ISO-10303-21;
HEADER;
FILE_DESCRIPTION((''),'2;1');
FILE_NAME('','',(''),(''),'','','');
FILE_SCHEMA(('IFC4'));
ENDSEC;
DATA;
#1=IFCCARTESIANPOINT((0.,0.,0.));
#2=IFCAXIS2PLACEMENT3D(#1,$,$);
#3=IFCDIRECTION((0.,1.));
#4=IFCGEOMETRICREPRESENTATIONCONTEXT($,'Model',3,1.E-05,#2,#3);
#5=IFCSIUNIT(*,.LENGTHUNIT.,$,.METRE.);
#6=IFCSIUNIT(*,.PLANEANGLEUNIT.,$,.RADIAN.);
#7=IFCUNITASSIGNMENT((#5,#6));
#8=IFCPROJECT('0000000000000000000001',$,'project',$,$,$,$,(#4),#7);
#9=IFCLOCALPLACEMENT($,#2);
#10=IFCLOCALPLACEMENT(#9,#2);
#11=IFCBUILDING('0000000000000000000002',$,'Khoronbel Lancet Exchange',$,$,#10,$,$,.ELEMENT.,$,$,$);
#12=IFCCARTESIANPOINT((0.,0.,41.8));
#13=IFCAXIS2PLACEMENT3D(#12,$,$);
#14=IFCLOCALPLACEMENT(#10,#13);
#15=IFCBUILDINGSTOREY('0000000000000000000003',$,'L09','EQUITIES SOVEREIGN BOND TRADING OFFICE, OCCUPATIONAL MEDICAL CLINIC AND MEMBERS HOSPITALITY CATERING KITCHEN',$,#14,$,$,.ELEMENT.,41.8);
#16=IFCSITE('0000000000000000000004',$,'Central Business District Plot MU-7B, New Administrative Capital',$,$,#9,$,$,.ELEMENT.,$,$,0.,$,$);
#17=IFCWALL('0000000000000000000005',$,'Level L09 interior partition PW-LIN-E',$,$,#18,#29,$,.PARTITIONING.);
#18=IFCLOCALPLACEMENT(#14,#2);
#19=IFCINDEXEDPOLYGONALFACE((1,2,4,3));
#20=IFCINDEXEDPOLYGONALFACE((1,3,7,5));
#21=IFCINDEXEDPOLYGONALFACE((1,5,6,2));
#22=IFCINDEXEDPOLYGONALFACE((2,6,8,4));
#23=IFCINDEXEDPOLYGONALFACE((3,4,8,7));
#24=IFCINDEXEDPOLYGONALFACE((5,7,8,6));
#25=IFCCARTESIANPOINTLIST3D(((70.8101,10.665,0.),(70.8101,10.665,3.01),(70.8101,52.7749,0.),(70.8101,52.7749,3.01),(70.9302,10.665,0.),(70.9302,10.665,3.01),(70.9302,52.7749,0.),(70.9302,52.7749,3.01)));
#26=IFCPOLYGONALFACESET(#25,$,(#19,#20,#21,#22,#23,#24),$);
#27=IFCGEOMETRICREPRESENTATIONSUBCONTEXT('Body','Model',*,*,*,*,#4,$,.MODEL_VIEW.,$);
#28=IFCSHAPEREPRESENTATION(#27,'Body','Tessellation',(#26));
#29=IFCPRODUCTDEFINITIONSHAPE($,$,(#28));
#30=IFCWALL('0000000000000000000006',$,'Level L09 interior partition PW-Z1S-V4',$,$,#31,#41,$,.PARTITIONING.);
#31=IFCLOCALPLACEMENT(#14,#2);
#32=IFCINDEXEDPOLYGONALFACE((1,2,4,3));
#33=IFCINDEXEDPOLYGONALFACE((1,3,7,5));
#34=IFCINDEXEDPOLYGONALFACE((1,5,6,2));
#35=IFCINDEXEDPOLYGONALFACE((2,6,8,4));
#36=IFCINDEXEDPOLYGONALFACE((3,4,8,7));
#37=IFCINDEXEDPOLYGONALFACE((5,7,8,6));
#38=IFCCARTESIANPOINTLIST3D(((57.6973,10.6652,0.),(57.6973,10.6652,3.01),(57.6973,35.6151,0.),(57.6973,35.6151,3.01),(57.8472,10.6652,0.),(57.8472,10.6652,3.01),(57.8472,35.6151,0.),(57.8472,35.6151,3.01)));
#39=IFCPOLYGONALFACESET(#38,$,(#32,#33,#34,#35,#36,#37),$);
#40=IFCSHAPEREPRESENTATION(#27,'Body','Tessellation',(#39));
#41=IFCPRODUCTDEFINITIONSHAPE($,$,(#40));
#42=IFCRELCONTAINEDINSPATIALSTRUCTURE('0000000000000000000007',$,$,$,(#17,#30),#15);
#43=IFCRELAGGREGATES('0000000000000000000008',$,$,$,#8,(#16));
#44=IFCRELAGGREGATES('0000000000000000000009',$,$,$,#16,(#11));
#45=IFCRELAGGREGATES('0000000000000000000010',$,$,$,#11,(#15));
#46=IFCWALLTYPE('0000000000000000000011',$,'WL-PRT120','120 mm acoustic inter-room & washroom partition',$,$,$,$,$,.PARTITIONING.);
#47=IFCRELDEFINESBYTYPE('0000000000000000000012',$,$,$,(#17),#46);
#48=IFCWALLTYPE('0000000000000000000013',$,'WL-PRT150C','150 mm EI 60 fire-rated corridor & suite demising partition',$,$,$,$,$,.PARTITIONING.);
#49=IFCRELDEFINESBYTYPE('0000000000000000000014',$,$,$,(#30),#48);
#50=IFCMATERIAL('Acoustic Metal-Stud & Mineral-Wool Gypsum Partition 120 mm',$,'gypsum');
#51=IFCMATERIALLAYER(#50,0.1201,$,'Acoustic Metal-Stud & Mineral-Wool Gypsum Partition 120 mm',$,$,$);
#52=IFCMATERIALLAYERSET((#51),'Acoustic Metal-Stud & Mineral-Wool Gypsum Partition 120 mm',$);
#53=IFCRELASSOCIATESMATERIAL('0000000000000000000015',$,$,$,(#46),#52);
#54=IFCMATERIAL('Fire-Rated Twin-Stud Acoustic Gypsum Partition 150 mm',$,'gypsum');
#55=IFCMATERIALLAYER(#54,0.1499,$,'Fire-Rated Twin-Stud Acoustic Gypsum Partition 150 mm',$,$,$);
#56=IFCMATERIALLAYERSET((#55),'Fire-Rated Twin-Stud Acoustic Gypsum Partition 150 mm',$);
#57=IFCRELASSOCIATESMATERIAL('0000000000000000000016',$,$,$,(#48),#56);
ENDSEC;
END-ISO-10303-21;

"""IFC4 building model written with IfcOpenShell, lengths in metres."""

from ifc_helpers import new_model, si_unit, direction, frame, frame_2d, origin, place, context, subcontext, project, spatial, rectangle, extrude, material, layer, layer_set, type_object, element, save


model = new_model("IFC4")

# Units and contexts
model_context = context("Model", 3, precision=1e-05, world=origin(), true_north=direction((0.0, 1.0)))
body_context = subcontext(model_context, "Body", "Model", "MODEL_VIEW")
ifc_project = project(units=[si_unit("LENGTHUNIT", "METRE"), si_unit("PLANEANGLEUNIT", "RADIAN")], contexts=[model_context])

# Site, building, storey
site_placement = place(None, origin())
site = spatial("IfcSite", under=ifc_project, at=site_placement, Name="Central Business District Plot MU-7B, New Administrative Capital", CompositionType="ELEMENT", RefElevation=0.0)
building_placement = place(site_placement, origin())
building = spatial("IfcBuilding", under=site, at=building_placement, Name="Khoronbel Lancet Exchange", CompositionType="ELEMENT")
storey_placement = place(building_placement, frame((0.0, 0.0, 41.8)))
storey = spatial("IfcBuildingStorey", under=building, at=storey_placement, Name="L09", Description="EQUITIES SOVEREIGN BOND TRADING OFFICE, OCCUPATIONAL MEDICAL CLINIC AND MEMBERS HOSPITALITY CATERING KITCHEN", CompositionType="ELEMENT", Elevation=41.8)

# Walls
ifc_material_1 = material(Name="Acoustic Metal-Stud & Mineral-Wool Gypsum Partition 120 mm", Category="gypsum")
ifc_layer_1 = layer(ifc_material_1, 0.1201, Name="Acoustic Metal-Stud & Mineral-Wool Gypsum Partition 120 mm")
ifc_layer_set_1 = layer_set([ifc_layer_1], Name="Acoustic Metal-Stud & Mineral-Wool Gypsum Partition 120 mm")
wall_type_1 = type_object("IfcWallType", Name="WL-PRT120", Description="120 mm acoustic inter-room & washroom partition", PredefinedType="PARTITIONING", material=ifc_layer_set_1)
wall_1_placement = place(storey_placement, frame((70.8701, 10.665, 0.0), z_axis=(0.0, 0.0, 1.0), x_axis=(0.0, 1.0, 0.0)))
element("IfcWall", 1, at=wall_1_placement, inside=storey, type_object=wall_type_1, Name="Level L09 interior partition PW-LIN-E", PredefinedType="PARTITIONING", context=body_context, shape_type="SweptSolid", body=[
    extrude(rectangle(XDim=42.1099, YDim=0.1201, at=frame_2d((21.0549, 0.0))), origin(), (0.0, 0.0, 1.0), 3.01),
])
ifc_material_2 = material(Name="Fire-Rated Twin-Stud Acoustic Gypsum Partition 150 mm", Category="gypsum")
ifc_layer_2 = layer(ifc_material_2, 0.1499, Name="Fire-Rated Twin-Stud Acoustic Gypsum Partition 150 mm")
ifc_layer_set_2 = layer_set([ifc_layer_2], Name="Fire-Rated Twin-Stud Acoustic Gypsum Partition 150 mm")
wall_type_2 = type_object("IfcWallType", Name="WL-PRT150C", Description="150 mm EI 60 fire-rated corridor & suite demising partition", PredefinedType="PARTITIONING", material=ifc_layer_set_2)
wall_2_placement = place(storey_placement, frame((57.7722, 10.665, 0.0), z_axis=(0.0, 0.0, 1.0), x_axis=(0.0, 1.0, 0.0)))
element("IfcWall", 2, at=wall_2_placement, inside=storey, type_object=wall_type_2, Name="Level L09 interior partition PW-Z1S-V4", PredefinedType="PARTITIONING", context=body_context, shape_type="SweptSolid", body=[
    extrude(rectangle(XDim=24.95, YDim=0.1499, at=frame_2d((12.4751, 0.0))), origin(), (0.0, 0.0, 1.0), 3.01),
])

save(model, "model.ifc")
